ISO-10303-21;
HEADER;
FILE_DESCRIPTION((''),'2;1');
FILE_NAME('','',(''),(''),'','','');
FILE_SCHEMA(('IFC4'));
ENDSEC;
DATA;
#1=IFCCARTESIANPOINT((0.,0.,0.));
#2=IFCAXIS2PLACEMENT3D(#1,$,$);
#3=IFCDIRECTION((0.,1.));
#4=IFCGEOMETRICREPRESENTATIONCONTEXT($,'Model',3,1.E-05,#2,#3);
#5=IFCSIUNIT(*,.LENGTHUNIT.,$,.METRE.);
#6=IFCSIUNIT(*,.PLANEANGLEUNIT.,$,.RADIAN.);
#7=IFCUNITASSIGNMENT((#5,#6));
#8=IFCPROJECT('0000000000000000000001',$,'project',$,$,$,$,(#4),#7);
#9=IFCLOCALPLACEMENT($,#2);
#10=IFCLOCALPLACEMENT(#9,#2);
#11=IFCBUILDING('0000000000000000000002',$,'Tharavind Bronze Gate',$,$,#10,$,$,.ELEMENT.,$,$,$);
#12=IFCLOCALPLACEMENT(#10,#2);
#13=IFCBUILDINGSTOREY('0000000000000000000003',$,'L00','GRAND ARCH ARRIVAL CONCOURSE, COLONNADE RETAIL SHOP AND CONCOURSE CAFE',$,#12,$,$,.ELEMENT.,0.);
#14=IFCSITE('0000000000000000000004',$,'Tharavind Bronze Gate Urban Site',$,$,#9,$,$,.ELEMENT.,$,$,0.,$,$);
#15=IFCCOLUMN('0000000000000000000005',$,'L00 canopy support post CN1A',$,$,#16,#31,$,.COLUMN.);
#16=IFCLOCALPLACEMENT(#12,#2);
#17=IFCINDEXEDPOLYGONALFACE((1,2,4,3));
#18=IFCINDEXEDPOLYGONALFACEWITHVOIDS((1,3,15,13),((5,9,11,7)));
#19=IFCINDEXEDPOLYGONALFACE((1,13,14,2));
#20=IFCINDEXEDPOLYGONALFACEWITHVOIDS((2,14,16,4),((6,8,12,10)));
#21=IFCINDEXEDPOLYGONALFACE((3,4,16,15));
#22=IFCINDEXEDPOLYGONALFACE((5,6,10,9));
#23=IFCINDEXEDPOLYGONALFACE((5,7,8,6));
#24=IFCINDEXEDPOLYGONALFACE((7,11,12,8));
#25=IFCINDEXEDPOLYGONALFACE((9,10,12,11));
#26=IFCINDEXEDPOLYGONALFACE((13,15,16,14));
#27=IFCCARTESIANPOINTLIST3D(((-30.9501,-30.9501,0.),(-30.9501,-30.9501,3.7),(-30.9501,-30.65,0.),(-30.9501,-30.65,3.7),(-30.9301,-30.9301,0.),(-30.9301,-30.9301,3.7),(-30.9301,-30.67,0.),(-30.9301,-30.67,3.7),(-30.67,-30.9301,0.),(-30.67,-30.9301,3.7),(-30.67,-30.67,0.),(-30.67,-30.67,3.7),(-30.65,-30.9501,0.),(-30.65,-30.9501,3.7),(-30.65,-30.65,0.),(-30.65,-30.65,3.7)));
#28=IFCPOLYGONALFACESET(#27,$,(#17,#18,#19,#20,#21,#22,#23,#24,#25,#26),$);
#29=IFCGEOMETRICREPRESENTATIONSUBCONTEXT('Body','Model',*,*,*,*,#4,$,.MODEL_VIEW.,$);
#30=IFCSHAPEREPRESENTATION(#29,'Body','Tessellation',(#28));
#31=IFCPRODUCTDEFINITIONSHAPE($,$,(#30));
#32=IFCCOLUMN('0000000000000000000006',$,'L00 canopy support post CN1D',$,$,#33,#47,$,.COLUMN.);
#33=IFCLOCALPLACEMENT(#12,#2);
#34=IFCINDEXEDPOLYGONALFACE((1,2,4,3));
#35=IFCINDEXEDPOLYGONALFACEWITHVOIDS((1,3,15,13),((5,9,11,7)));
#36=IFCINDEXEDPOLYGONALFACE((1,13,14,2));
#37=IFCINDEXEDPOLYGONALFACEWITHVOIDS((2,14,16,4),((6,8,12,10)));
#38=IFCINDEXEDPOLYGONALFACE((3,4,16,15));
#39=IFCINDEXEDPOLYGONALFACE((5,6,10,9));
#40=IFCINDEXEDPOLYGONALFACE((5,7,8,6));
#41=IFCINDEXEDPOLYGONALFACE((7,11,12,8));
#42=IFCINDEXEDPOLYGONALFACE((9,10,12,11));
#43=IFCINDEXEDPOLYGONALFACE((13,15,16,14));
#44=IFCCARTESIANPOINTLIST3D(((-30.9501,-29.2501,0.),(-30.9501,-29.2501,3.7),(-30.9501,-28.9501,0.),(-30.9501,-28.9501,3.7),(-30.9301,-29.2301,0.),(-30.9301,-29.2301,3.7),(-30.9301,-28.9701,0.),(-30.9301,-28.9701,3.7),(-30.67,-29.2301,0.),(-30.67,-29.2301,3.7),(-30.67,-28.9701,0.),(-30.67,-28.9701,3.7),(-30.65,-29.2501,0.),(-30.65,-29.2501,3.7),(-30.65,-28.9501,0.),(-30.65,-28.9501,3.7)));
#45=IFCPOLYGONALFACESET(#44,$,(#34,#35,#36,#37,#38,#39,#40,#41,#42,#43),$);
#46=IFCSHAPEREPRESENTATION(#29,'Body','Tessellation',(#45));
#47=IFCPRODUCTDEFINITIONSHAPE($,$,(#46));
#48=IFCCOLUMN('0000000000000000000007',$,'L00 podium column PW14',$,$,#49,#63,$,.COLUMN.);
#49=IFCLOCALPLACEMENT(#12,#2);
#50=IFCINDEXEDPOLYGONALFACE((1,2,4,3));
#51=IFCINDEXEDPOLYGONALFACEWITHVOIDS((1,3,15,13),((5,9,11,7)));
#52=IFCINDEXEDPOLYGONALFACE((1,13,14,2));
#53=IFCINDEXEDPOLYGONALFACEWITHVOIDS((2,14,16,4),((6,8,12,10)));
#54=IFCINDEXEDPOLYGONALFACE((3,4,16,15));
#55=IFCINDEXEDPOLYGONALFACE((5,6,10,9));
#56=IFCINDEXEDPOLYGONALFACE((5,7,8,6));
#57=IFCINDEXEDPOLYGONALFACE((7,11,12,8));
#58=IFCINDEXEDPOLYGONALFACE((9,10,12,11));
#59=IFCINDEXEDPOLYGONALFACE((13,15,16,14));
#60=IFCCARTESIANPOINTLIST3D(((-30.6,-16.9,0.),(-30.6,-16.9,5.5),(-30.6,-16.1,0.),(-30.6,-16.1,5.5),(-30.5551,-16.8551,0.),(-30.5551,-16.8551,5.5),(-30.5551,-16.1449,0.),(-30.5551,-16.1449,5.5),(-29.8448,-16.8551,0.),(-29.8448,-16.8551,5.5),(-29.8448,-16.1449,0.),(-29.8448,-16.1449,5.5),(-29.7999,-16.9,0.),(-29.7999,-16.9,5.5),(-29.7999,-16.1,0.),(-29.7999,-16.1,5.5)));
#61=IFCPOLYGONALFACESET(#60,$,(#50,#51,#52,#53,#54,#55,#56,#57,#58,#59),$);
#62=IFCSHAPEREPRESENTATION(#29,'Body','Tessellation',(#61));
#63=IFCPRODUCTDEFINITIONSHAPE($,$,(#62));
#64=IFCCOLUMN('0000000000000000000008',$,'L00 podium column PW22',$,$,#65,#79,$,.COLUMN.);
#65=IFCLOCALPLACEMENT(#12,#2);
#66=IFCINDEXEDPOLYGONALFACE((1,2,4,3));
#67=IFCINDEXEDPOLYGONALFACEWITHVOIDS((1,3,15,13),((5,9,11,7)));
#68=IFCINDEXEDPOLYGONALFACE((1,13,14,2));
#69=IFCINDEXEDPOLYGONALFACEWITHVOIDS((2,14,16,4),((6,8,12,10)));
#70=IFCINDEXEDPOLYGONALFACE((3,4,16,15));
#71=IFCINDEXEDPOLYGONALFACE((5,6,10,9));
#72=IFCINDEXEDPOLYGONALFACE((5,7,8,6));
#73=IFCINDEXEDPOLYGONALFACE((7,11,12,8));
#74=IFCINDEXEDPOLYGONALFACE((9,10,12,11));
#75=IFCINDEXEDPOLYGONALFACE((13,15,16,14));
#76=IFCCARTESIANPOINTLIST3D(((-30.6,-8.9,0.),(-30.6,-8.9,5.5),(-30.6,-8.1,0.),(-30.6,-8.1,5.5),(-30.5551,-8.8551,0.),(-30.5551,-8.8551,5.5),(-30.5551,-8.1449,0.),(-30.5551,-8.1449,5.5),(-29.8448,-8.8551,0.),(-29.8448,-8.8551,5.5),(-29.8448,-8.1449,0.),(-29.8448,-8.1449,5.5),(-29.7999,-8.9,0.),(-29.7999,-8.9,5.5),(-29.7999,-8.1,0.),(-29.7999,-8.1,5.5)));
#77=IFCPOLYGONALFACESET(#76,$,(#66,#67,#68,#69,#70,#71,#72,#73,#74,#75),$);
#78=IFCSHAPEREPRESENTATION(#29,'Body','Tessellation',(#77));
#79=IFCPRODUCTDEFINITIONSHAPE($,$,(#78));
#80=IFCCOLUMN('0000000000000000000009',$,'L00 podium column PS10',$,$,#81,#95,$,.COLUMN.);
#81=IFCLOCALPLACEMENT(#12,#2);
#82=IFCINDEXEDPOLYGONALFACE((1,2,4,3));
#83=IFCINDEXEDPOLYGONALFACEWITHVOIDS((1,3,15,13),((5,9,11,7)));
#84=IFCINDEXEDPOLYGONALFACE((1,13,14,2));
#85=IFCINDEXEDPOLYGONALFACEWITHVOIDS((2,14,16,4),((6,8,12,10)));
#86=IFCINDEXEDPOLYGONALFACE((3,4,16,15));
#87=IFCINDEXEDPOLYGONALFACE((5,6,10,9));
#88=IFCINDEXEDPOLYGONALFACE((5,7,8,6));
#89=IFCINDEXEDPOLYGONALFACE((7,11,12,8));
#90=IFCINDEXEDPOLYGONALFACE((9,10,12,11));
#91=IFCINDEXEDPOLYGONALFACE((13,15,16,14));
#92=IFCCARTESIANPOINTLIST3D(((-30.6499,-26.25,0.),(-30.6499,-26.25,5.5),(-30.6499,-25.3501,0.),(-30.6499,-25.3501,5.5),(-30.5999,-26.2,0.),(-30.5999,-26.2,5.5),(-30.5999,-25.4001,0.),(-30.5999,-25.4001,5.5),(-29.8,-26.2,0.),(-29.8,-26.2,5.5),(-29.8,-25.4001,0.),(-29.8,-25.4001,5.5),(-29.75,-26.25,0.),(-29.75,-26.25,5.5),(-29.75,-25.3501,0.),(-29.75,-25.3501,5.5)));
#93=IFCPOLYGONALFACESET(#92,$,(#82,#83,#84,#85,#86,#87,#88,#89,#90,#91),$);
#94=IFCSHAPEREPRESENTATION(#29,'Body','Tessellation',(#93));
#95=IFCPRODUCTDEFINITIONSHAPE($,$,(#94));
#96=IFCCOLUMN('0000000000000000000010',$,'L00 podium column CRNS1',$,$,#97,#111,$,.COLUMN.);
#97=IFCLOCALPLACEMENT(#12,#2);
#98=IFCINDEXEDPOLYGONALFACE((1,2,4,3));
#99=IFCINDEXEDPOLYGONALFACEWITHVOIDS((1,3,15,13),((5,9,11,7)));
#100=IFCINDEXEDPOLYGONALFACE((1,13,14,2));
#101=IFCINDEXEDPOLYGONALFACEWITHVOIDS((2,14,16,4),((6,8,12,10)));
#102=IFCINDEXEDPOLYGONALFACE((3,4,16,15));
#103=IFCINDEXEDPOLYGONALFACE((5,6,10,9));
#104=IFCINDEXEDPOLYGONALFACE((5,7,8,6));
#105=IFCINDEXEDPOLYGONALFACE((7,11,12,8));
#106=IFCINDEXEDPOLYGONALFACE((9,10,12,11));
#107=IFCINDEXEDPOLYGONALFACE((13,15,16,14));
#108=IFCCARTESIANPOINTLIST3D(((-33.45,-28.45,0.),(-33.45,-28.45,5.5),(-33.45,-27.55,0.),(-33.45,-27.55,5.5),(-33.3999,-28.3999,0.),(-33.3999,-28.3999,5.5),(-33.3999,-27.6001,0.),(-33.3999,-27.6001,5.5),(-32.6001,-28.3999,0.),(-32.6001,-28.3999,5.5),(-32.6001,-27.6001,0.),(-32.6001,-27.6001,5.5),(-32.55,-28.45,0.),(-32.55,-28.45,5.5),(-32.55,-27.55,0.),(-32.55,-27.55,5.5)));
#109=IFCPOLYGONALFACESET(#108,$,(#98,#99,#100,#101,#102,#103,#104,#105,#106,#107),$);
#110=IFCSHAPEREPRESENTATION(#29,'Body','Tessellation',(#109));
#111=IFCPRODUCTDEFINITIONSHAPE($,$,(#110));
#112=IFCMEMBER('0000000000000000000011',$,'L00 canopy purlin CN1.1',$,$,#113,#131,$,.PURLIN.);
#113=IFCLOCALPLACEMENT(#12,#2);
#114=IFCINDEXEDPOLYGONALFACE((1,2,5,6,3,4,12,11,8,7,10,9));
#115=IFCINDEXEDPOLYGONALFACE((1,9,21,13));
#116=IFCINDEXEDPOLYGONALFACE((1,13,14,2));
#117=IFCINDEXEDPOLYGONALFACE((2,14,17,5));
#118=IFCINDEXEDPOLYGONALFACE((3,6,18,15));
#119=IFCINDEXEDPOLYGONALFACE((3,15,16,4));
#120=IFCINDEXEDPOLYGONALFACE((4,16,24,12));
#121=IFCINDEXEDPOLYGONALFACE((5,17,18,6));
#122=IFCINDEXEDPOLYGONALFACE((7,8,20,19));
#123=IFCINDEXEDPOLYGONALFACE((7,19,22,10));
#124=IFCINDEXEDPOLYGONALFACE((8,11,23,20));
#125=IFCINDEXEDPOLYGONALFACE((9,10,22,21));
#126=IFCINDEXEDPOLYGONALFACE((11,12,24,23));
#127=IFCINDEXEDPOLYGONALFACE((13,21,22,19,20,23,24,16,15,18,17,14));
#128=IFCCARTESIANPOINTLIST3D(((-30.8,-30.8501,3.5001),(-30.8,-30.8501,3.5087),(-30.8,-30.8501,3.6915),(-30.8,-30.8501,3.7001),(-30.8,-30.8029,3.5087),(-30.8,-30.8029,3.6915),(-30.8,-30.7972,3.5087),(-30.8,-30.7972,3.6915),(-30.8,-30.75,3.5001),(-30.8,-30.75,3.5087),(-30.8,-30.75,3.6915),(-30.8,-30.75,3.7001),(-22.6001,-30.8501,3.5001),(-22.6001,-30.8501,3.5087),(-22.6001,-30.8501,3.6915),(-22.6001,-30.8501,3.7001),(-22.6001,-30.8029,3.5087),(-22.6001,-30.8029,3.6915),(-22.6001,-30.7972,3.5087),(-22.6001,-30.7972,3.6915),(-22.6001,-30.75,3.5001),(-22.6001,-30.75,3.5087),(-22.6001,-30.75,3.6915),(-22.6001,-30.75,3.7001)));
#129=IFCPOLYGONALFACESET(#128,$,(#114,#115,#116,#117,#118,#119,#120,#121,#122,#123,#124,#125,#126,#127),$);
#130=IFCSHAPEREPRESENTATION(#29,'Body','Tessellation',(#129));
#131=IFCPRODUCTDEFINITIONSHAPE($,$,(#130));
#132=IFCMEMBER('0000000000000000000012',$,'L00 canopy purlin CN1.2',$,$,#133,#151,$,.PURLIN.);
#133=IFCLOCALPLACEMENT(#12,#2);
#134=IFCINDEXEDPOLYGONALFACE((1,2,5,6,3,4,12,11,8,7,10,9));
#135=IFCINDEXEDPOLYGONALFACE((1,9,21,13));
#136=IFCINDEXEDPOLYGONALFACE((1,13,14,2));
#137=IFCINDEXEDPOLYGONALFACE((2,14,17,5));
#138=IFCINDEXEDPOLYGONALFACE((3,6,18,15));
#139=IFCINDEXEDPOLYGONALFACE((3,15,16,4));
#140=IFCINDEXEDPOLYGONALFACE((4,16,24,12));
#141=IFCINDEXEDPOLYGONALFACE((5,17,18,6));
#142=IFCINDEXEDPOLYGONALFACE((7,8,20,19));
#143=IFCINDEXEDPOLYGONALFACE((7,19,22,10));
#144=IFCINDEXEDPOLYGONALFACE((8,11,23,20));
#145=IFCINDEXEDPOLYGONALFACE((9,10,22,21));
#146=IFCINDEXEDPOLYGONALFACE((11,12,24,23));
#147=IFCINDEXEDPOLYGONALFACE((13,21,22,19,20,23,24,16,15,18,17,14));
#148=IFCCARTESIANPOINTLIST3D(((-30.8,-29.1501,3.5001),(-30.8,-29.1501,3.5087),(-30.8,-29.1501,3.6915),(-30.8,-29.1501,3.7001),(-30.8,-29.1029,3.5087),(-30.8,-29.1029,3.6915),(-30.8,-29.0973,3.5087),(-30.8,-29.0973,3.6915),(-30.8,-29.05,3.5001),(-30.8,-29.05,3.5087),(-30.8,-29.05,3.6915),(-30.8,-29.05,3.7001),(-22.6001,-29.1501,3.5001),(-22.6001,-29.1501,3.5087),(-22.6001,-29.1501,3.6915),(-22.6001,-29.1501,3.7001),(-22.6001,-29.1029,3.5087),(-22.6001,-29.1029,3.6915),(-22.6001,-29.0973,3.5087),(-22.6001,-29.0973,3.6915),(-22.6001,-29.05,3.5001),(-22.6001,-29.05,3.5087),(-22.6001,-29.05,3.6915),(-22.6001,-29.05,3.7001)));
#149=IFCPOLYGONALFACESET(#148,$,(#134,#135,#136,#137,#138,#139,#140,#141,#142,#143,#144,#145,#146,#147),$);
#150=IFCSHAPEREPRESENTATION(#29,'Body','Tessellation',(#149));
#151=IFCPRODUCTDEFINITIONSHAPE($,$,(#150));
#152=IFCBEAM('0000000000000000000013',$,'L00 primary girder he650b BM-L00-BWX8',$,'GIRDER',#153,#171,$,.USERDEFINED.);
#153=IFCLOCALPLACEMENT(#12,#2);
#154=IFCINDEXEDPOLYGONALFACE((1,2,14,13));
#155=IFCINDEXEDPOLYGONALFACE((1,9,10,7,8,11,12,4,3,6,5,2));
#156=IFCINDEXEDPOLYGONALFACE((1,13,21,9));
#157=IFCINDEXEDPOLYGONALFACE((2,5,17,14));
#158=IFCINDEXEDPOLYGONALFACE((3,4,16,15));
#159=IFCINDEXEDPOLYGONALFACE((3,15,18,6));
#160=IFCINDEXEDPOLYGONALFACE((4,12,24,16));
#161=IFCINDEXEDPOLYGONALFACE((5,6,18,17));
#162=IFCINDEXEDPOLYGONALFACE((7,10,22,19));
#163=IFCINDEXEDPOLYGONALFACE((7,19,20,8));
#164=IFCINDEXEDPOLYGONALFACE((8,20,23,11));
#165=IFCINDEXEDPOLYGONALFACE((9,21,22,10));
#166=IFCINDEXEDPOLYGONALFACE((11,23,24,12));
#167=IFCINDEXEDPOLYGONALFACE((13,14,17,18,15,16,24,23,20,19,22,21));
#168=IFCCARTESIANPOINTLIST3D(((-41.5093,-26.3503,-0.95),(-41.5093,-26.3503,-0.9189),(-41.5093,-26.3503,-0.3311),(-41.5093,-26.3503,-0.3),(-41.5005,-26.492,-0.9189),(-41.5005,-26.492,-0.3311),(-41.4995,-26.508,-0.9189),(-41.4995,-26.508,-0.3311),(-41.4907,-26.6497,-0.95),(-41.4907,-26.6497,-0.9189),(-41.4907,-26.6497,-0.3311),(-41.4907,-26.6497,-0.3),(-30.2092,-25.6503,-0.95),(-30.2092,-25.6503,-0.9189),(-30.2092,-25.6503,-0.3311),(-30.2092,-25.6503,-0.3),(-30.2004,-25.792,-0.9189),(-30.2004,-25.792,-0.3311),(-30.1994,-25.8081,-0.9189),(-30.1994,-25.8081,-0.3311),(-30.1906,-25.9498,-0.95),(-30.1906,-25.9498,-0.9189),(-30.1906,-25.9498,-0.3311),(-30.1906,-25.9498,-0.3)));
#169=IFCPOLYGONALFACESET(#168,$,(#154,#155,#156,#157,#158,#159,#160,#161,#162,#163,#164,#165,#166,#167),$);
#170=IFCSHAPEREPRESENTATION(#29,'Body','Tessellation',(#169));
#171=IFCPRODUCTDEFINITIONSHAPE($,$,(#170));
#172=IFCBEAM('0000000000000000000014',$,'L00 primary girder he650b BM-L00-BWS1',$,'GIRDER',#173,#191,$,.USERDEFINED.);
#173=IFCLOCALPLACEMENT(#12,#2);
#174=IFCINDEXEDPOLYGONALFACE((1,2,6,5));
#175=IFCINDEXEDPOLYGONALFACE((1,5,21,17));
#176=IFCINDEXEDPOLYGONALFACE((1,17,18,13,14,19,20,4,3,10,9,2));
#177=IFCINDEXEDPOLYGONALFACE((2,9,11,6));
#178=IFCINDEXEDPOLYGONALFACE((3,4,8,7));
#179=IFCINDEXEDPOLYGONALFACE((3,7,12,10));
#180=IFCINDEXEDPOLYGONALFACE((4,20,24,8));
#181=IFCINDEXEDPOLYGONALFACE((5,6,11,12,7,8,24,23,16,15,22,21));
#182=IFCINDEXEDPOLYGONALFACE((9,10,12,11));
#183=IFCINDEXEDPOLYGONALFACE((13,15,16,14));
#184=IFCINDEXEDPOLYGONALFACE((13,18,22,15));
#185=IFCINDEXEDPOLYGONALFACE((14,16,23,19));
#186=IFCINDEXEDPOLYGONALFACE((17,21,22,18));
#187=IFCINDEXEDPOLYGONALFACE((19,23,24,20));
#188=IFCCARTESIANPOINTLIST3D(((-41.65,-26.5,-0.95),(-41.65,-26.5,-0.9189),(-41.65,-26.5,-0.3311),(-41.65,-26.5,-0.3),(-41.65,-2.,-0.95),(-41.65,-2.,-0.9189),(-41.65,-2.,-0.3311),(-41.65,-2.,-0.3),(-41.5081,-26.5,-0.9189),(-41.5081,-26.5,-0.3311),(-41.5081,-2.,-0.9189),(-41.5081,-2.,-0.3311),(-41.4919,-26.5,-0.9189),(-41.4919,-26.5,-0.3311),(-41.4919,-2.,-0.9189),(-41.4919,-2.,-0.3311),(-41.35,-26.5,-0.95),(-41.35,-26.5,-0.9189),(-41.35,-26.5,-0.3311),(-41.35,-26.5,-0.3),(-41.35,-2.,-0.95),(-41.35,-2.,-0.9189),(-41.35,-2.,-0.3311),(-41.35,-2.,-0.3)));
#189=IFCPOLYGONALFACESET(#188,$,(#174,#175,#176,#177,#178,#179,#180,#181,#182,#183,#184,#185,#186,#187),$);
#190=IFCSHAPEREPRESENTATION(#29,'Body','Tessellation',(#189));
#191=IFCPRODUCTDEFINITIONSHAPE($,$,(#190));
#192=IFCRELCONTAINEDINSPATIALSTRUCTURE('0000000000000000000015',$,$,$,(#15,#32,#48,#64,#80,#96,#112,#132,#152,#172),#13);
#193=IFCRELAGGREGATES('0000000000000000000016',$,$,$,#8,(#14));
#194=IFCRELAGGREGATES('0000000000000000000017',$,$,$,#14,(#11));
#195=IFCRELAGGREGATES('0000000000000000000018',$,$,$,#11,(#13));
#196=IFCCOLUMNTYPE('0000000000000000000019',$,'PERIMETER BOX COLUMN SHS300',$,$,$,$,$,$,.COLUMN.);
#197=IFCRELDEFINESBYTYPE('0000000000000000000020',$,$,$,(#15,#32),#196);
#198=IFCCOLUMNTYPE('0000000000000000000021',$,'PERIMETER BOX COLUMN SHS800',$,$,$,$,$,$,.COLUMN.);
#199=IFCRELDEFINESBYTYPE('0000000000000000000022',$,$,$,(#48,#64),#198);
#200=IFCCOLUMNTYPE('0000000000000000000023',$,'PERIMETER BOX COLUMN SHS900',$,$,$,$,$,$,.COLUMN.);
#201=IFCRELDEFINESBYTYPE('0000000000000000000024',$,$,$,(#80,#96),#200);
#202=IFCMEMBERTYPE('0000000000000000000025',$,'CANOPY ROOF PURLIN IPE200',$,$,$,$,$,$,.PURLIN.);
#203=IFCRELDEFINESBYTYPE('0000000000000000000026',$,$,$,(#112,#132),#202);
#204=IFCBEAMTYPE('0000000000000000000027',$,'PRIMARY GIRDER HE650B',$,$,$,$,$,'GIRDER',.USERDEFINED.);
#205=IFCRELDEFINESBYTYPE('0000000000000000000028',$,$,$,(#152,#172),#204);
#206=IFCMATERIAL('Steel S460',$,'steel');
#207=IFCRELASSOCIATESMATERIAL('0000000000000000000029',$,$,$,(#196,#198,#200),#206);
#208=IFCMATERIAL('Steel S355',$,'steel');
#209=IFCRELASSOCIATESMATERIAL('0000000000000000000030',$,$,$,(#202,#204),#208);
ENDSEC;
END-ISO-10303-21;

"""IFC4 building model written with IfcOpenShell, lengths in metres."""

from ifc_helpers import new_model, si_unit, direction, frame, origin, origin_2d, place, context, subcontext, project, spatial, hollow_rectangle, i_section, extrude, material, material_profile, profile_set, type_object, element, save


model = new_model("IFC4")

# Units and contexts
model_context = context("Model", 3, precision=1e-05, world=origin(), true_north=direction((0.0, 1.0)))
body_context = subcontext(model_context, "Body", "Model", "MODEL_VIEW")
ifc_project = project(units=[si_unit("LENGTHUNIT", "METRE"), si_unit("PLANEANGLEUNIT", "RADIAN")], contexts=[model_context])

# Site, building, storey
site_placement = place(None, origin())
site = spatial("IfcSite", under=ifc_project, at=site_placement, Name="Tharavind Bronze Gate Urban Site", CompositionType="ELEMENT", RefElevation=0.0)
building_placement = place(site_placement, origin())
building = spatial("IfcBuilding", under=site, at=building_placement, Name="Tharavind Bronze Gate", CompositionType="ELEMENT")
storey_placement = place(building_placement, origin())
storey = spatial("IfcBuildingStorey", under=building, at=storey_placement, Name="L00", Description="GRAND ARCH ARRIVAL CONCOURSE, COLONNADE RETAIL SHOP AND CONCOURSE CAFE", CompositionType="ELEMENT", Elevation=0.0)

# Columns
ifc_material_1 = material(Name="Steel S460", Category="steel")
ifc_material_profile_1 = material_profile(ifc_material_1, hollow_rectangle(XDim=0.3, YDim=0.3, WallThickness=0.02, at=origin_2d()), Name="SHS300X20")
ifc_profile_set_1 = profile_set([ifc_material_profile_1], Name="Steel S460")
column_type_1 = type_object("IfcColumnType", Name="PERIMETER BOX COLUMN SHS300", PredefinedType="COLUMN", material=ifc_profile_set_1)
for number, where, z_axis, x_axis, name in (
    (1, (-30.8, -30.8, 0.0), (0.0, 0.0, 1.0), (1.0, 0.0, 0.0), "L00 canopy support post CN1A"),
    (2, (-30.8, -29.1001, 0.0), (0.0, 0.0, 1.0), (1.0, 0.0, 0.0), "L00 canopy support post CN1D"),
):
    element("IfcColumn", number, at=place(storey_placement, frame(where, z_axis=z_axis, x_axis=x_axis)), inside=storey, type_object=column_type_1, Name=name, PredefinedType="COLUMN", context=body_context, shape_type="SweptSolid", body=[
        extrude(hollow_rectangle(XDim=0.3, YDim=0.3, WallThickness=0.02, at=origin_2d()), origin(), (0.0, 0.0, 1.0), 3.7),
    ])
ifc_material_profile_2 = material_profile(ifc_material_1, hollow_rectangle(XDim=0.8, YDim=0.8, WallThickness=0.0449, at=origin_2d()), Name="SHS800X45")
ifc_profile_set_2 = profile_set([ifc_material_profile_2], Name="Steel S460")
column_type_2 = type_object("IfcColumnType", Name="PERIMETER BOX COLUMN SHS800", PredefinedType="COLUMN", material=ifc_profile_set_2)
for number, where, z_axis, x_axis, name in (
    (3, (-30.2, -16.5, 0.0), (0.0, 0.0, 1.0), (1.0, 0.0, 0.0), "L00 podium column PW14"),
    (4, (-30.2, -8.5, 0.0), (0.0, 0.0, 1.0), (1.0, 0.0, 0.0), "L00 podium column PW22"),
):
    element("IfcColumn", number, at=place(storey_placement, frame(where, z_axis=z_axis, x_axis=x_axis)), inside=storey, type_object=column_type_2, Name=name, PredefinedType="COLUMN", context=body_context, shape_type="SweptSolid", body=[
        extrude(hollow_rectangle(XDim=0.8, YDim=0.8, WallThickness=0.0449, at=origin_2d()), origin(), (0.0, 0.0, 1.0), 5.5),
    ])
ifc_material_profile_3 = material_profile(ifc_material_1, hollow_rectangle(XDim=0.8999, YDim=0.8999, WallThickness=0.05, at=origin_2d()), Name="SHS900X50")
ifc_profile_set_3 = profile_set([ifc_material_profile_3], Name="Steel S460")
column_type_3 = type_object("IfcColumnType", Name="PERIMETER BOX COLUMN SHS900", PredefinedType="COLUMN", material=ifc_profile_set_3)
for number, where, z_axis, x_axis, name in (
    (5, (-30.2, -25.8, 0.0), (0.0, 0.0, 1.0), (1.0, 0.0, 0.0), "L00 podium column PS10"),
    (6, (-33.0, -28.0, 0.0), (0.0, 0.0, 1.0), (1.0, 0.0, 0.0), "L00 podium column CRNS1"),
):
    element("IfcColumn", number, at=place(storey_placement, frame(where, z_axis=z_axis, x_axis=x_axis)), inside=storey, type_object=column_type_3, Name=name, PredefinedType="COLUMN", context=body_context, shape_type="SweptSolid", body=[
        extrude(hollow_rectangle(XDim=0.8999, YDim=0.8999, WallThickness=0.05, at=origin_2d()), origin(), (0.0, 0.0, 1.0), 5.5),
    ])

# Members
ifc_material_2 = material(Name="Steel S355", Category="steel")
ifc_material_profile_4 = material_profile(ifc_material_2, i_section(OverallWidth=0.1001, OverallDepth=0.2, WebThickness=0.0056, FlangeThickness=0.0085, at=origin_2d()), Name="IPE200")
ifc_profile_set_4 = profile_set([ifc_material_profile_4], Name="Steel S355")
member_type_1 = type_object("IfcMemberType", Name="CANOPY ROOF PURLIN IPE200", PredefinedType="PURLIN", material=ifc_profile_set_4)
for number, where, z_axis, x_axis, name in (
    (7, (-30.8, -30.8, 3.6001), (1.0, 0.0, 0.0), (0.0, 1.0, 0.0), "L00 canopy purlin CN1.1"),
    (8, (-30.8, -29.1001, 3.6001), (1.0, 0.0, 0.0), (0.0, 1.0, 0.0), "L00 canopy purlin CN1.2"),
):
    element("IfcMember", number, at=place(storey_placement, frame(where, z_axis=z_axis, x_axis=x_axis)), inside=storey, type_object=member_type_1, Name=name, PredefinedType="PURLIN", context=body_context, shape_type="SweptSolid", body=[
        extrude(i_section(OverallWidth=0.1001, OverallDepth=0.2, WebThickness=0.0056, FlangeThickness=0.0085, at=origin_2d()), origin(), (0.0, 0.0, 1.0), 8.2),
    ])

# Beams
ifc_material_profile_5 = material_profile(ifc_material_2, i_section(OverallWidth=0.3, OverallDepth=0.6499, WebThickness=0.0161, FlangeThickness=0.031, at=origin_2d()), Name="HE650B")
ifc_profile_set_5 = profile_set([ifc_material_profile_5], Name="Steel S355")
beam_type_1 = type_object("IfcBeamType", Name="PRIMARY GIRDER HE650B", ElementType="GIRDER", PredefinedType="USERDEFINED", material=ifc_profile_set_5)
beam_1_placement = place(storey_placement, frame((-41.5, -26.5, -0.625), z_axis=(0.998087, 0.061824, 0.0), x_axis=(-0.061824, 0.998087, 0.0)))
element("IfcBeam", 9, at=beam_1_placement, inside=storey, type_object=beam_type_1, Name="L00 primary girder he650b BM-L00-BWX8", ObjectType="GIRDER", PredefinedType="USERDEFINED", context=body_context, shape_type="SweptSolid", body=[
    extrude(i_section(OverallWidth=0.3, OverallDepth=0.6499, WebThickness=0.0161, FlangeThickness=0.031, at=origin_2d()), origin(), (0.0, 0.0, 1.0), 11.3218),
])
beam_2_placement = place(storey_placement, frame((-41.5, -26.5, -0.625), z_axis=(0.0, 1.0, 0.0), x_axis=(-1.0, 0.0, 0.0)))
element("IfcBeam", 10, at=beam_2_placement, inside=storey, type_object=beam_type_1, Name="L00 primary girder he650b BM-L00-BWS1", ObjectType="GIRDER", PredefinedType="USERDEFINED", context=body_context, shape_type="SweptSolid", body=[
    extrude(i_section(OverallWidth=0.3, OverallDepth=0.6499, WebThickness=0.0161, FlangeThickness=0.031, at=origin_2d()), origin(), (0.0, 0.0, 1.0), 24.5),
])

save(model, "model.ifc")
